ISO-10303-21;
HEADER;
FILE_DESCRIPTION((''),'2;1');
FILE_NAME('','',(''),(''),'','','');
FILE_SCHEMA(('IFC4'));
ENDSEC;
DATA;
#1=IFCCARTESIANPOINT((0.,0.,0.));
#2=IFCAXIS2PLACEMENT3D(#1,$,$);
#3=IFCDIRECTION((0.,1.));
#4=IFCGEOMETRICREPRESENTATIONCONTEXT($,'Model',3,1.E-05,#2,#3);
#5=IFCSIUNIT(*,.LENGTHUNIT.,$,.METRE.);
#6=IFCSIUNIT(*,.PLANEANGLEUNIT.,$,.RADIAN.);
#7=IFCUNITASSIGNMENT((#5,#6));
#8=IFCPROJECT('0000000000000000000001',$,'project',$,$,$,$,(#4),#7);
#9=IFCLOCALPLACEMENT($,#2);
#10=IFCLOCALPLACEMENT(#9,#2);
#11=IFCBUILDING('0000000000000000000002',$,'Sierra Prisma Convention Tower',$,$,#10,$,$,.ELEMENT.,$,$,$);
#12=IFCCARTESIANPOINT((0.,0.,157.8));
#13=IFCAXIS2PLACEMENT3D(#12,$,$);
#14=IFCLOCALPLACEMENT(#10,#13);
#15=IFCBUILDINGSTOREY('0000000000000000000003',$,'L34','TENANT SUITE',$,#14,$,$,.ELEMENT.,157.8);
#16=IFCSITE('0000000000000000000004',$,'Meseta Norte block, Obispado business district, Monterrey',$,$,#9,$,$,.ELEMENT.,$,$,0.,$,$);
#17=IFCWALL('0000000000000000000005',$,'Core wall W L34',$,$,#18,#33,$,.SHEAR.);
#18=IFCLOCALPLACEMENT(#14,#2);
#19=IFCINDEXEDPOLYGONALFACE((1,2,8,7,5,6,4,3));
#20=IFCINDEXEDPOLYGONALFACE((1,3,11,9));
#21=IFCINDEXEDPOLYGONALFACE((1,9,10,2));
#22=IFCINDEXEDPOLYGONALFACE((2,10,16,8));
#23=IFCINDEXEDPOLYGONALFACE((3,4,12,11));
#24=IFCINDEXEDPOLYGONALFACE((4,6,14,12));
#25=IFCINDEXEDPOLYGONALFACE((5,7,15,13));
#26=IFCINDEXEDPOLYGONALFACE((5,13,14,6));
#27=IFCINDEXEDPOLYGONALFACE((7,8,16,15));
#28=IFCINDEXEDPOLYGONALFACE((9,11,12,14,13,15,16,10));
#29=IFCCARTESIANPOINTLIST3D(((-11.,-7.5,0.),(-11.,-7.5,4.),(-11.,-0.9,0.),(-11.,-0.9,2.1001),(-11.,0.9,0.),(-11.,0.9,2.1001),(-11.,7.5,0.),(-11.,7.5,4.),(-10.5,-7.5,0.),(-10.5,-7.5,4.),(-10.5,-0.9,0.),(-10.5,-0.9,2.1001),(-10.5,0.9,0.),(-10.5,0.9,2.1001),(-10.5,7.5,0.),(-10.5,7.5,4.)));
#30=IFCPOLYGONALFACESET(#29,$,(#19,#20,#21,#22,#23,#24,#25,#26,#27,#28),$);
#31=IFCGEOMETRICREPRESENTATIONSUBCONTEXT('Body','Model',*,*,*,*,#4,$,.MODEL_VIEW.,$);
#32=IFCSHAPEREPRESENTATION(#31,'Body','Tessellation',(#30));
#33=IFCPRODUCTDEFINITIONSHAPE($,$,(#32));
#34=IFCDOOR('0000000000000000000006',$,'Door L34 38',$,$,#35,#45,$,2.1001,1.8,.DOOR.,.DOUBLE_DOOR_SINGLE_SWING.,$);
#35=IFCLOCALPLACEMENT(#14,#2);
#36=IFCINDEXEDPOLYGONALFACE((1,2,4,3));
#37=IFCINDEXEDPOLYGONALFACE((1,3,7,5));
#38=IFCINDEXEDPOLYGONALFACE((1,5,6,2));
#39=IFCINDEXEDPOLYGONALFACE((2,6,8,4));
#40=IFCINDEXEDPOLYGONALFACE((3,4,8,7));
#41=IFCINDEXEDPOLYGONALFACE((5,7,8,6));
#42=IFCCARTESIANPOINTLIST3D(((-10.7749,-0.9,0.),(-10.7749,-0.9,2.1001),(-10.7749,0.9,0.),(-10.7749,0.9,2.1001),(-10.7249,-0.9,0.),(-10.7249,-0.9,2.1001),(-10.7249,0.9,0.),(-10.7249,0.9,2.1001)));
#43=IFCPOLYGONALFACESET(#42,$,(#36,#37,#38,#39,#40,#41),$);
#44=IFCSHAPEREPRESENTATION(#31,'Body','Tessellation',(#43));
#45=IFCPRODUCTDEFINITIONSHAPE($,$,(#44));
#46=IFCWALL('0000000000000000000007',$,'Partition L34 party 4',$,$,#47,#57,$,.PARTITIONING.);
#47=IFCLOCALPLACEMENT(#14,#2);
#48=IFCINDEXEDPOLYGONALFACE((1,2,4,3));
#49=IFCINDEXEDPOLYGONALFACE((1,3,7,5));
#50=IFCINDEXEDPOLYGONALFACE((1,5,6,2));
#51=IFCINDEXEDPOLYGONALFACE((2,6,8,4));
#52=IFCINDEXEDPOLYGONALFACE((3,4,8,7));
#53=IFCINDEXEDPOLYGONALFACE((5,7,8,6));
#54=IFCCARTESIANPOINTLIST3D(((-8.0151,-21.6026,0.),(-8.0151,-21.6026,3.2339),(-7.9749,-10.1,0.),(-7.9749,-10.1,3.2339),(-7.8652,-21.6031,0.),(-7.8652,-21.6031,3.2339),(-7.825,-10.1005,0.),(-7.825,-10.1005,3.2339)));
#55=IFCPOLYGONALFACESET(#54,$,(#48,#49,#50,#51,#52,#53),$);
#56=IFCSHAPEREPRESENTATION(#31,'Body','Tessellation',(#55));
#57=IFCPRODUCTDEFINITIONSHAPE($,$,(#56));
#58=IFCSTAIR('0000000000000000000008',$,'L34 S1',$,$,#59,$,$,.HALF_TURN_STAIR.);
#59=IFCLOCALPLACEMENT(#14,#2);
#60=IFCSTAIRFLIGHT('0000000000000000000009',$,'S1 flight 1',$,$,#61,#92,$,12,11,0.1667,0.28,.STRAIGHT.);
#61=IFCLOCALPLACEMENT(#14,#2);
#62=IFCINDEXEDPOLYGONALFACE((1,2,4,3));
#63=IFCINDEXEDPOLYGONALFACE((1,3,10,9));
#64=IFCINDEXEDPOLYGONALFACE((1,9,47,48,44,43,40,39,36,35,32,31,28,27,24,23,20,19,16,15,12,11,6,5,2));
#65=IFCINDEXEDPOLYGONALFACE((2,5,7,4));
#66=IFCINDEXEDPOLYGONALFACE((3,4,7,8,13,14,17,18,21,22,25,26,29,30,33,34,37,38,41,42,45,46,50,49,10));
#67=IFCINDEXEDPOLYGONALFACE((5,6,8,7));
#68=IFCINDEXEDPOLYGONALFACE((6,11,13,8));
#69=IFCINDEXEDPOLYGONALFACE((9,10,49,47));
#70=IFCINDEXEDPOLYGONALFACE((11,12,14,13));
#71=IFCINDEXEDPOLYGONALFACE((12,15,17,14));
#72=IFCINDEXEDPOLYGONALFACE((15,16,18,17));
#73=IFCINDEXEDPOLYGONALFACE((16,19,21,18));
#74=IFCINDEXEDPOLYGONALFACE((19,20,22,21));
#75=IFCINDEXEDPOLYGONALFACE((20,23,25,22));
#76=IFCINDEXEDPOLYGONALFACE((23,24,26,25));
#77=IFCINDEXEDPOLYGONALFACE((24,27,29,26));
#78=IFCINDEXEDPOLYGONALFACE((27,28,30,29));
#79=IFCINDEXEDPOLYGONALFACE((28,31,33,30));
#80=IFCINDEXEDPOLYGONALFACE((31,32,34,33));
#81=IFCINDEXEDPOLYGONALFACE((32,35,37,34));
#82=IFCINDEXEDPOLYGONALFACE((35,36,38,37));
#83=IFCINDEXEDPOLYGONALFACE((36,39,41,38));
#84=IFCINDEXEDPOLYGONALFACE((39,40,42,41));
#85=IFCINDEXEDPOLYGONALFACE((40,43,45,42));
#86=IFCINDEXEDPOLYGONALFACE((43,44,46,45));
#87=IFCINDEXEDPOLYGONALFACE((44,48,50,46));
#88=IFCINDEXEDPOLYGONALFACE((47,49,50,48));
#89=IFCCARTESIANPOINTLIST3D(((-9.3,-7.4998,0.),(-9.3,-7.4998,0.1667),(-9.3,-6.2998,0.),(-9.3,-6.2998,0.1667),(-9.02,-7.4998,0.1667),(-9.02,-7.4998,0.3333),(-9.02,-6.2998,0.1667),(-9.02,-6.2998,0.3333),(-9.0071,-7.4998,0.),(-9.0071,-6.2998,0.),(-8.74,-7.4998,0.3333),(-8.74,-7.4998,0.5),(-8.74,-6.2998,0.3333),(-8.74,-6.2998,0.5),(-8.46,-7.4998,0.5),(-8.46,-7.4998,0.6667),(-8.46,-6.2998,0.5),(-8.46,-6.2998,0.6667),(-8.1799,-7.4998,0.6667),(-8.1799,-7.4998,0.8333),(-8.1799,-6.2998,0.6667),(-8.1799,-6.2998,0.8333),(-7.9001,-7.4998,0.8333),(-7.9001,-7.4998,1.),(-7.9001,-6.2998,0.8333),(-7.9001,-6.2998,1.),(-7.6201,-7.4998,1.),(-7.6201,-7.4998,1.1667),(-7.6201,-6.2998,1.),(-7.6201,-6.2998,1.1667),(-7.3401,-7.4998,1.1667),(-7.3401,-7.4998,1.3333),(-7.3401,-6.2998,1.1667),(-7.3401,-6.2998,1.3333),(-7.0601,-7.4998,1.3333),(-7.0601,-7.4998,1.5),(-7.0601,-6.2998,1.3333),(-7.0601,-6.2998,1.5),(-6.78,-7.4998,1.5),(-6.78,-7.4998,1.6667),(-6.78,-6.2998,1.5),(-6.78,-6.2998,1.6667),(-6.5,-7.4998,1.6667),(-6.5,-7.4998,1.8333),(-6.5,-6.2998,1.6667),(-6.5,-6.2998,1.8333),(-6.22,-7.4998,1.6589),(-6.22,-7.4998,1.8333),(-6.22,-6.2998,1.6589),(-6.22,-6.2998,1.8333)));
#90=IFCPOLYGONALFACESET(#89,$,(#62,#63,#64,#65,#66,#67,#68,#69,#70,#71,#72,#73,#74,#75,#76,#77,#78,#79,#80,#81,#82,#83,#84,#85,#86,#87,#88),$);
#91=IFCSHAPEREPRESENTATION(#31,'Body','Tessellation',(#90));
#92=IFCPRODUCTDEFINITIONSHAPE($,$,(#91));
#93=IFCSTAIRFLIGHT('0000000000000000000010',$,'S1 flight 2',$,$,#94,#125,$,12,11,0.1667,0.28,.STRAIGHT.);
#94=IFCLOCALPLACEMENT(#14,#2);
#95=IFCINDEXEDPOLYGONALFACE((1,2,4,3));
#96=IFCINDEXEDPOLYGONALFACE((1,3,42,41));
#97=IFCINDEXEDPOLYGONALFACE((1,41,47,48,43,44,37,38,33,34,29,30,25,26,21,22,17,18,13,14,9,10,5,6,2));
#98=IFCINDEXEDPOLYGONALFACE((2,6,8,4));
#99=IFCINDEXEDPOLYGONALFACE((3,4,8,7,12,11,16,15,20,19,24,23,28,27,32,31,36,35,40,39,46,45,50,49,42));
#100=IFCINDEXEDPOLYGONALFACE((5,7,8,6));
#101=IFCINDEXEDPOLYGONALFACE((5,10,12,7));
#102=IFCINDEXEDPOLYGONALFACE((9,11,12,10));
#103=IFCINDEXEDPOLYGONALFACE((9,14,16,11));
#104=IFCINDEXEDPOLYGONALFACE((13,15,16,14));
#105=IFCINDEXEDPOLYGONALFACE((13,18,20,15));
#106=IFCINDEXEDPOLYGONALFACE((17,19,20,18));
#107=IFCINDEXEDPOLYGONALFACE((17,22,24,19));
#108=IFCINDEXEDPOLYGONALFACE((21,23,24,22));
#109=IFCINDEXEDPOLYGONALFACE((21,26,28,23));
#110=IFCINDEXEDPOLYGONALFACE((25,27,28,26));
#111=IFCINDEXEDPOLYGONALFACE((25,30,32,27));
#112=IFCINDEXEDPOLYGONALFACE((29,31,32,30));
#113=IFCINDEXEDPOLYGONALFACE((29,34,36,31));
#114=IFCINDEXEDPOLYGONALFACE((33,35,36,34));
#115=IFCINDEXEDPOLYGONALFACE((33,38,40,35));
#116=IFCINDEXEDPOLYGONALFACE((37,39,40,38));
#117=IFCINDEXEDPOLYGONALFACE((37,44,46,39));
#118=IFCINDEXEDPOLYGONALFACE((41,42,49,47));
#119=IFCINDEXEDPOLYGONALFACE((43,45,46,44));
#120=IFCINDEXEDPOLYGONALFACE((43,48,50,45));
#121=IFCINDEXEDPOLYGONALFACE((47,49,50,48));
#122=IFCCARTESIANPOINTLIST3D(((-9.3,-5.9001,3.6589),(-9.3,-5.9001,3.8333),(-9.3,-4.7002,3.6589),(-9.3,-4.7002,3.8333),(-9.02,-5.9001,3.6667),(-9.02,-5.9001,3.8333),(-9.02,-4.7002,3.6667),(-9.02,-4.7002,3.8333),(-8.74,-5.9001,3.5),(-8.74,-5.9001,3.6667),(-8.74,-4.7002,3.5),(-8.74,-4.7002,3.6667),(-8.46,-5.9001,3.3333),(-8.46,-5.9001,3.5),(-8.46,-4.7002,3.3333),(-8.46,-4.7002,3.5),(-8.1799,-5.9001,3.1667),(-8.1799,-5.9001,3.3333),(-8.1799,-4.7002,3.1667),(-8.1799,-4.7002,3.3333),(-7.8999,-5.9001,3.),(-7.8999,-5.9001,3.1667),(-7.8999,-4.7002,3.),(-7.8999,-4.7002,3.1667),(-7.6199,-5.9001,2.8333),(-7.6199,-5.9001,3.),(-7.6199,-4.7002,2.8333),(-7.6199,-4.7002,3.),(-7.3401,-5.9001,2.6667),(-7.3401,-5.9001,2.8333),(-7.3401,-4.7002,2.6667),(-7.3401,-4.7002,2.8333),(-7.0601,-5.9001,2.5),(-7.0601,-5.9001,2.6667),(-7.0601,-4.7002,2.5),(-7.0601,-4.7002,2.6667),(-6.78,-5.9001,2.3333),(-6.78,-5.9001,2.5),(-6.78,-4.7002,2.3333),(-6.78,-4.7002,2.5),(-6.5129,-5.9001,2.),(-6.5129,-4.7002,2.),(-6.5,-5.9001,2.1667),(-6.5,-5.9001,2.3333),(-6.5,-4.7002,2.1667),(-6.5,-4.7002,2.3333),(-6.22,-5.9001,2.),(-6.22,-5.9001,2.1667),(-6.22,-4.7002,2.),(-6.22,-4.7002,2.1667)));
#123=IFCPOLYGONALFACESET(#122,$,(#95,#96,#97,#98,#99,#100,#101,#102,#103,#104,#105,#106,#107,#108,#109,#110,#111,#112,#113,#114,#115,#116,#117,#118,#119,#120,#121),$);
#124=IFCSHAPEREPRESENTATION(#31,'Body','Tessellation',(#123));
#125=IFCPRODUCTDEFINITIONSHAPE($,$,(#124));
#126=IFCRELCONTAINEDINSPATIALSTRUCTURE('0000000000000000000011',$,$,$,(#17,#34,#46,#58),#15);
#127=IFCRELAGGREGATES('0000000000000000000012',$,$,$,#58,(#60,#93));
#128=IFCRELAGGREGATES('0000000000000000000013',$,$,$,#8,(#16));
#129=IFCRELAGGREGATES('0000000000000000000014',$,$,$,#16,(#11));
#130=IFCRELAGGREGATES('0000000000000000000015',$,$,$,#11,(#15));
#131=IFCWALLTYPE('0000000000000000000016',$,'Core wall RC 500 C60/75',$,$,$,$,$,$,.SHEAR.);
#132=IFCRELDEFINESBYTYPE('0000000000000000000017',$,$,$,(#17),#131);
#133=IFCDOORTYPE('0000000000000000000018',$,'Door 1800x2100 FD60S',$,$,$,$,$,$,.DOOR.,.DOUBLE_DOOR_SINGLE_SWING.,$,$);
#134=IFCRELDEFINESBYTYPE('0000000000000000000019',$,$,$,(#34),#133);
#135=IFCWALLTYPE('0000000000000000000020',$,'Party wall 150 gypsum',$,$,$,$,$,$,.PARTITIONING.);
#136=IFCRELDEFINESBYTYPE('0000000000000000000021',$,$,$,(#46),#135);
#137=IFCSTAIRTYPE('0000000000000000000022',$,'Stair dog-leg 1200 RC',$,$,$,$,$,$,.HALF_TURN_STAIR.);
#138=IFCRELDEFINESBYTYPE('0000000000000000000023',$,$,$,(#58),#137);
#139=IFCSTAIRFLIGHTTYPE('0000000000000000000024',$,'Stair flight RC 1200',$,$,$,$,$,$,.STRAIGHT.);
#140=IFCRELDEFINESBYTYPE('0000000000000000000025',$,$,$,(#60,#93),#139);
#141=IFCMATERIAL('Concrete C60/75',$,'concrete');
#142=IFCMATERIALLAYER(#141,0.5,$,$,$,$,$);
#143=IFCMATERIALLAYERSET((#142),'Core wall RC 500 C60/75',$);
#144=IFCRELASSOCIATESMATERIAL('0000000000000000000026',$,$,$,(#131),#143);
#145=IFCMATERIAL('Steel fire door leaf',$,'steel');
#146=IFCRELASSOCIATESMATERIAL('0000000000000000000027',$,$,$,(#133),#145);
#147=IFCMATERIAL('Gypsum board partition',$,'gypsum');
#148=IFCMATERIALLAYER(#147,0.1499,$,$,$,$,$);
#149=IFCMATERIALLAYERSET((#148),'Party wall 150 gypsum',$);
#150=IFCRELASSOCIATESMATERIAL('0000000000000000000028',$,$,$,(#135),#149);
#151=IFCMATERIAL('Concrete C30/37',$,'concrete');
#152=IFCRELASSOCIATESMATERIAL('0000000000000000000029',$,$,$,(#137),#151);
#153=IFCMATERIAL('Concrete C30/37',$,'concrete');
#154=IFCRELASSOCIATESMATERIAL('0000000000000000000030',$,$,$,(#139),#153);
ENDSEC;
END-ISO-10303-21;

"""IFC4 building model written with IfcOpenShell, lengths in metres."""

from ifc_helpers import new_model, si_unit, direction, frame, frame_2d, origin, place, context, subcontext, project, spatial, polyline, rectangle, outline, extrude, material, layer, layer_set, type_object, element, fill, aggregate, save


model = new_model("IFC4")

# Units and contexts
model_context = context("Model", 3, precision=1e-05, world=origin(), true_north=direction((0.0, 1.0)))
body_context = subcontext(model_context, "Body", "Model", "MODEL_VIEW")
ifc_project = project(units=[si_unit("LENGTHUNIT", "METRE"), si_unit("PLANEANGLEUNIT", "RADIAN")], contexts=[model_context])

# Site, building, storey
site_placement = place(None, origin())
site = spatial("IfcSite", under=ifc_project, at=site_placement, Name="Meseta Norte block, Obispado business district, Monterrey", CompositionType="ELEMENT", RefElevation=0.0)
building_placement = place(site_placement, origin())
building = spatial("IfcBuilding", under=site, at=building_placement, Name="Sierra Prisma Convention Tower", CompositionType="ELEMENT")
storey_placement = place(building_placement, frame((0.0, 0.0, 157.8)))
storey = spatial("IfcBuildingStorey", under=building, at=storey_placement, Name="L34", Description="TENANT SUITE", CompositionType="ELEMENT", Elevation=157.8)

# Wall, opening, door
ifc_material_1 = material(Name="Concrete C60/75", Category="concrete")
ifc_layer_1 = layer(ifc_material_1, 0.5)
ifc_layer_set_1 = layer_set([ifc_layer_1], Name="Core wall RC 500 C60/75")
wall_type_1 = type_object("IfcWallType", Name="Core wall RC 500 C60/75", PredefinedType="SHEAR", material=ifc_layer_set_1)
wall_1_placement = place(storey_placement, frame((-10.75, -7.5, 0.0), z_axis=(0.0, 0.0, 1.0), x_axis=(0.0, 1.0, 0.0)))
wall_1 = element("IfcWall", 1, at=wall_1_placement, inside=storey, type_object=wall_type_1, Name="Core wall W L34", PredefinedType="SHEAR", context=body_context, shape_type="SweptSolid", body=[
    extrude(rectangle(XDim=15.0, YDim=0.5, at=frame_2d((7.5, 0.0))), origin(), (0.0, 0.0, 1.0), 4.0),
])
opening_1_placement = place(wall_1_placement, frame((6.6001, 0.0, 0.0)))
opening_1 = element("IfcOpeningElement", 2, at=opening_1_placement, cuts=wall_1, PredefinedType="OPENING", context=body_context, shape_type="SweptSolid", body=[
    extrude(rectangle(XDim=1.8, YDim=2.1001, at=frame_2d((0.8999, 1.05))), frame((0.0, 0.25, 0.0), z_axis=(0.0, -1.0, 0.0), x_axis=(1.0, 0.0, 0.0)), (0.0, 0.0, 1.0), 0.5),
])
ifc_material_2 = material(Name="Steel fire door leaf", Category="steel")
door_type_1 = type_object("IfcDoorType", Name="Door 1800x2100 FD60S", OperationType="DOUBLE_DOOR_SINGLE_SWING", PredefinedType="DOOR", material=ifc_material_2)
door_1_placement = place(opening_1_placement, origin())
door_1 = element("IfcDoor", 3, at=door_1_placement, inside=storey, type_object=door_type_1, Name="Door L34 38", OperationType="DOUBLE_DOOR_SINGLE_SWING", OverallHeight=2.1001, OverallWidth=1.8, PredefinedType="DOOR", context=body_context, shape_type="SweptSolid", body=[
    extrude(rectangle(XDim=1.8, YDim=2.1001, at=frame_2d((0.8999, 1.05))), frame((0.0, 0.0249, 0.0), z_axis=(0.0, -1.0, 0.0), x_axis=(1.0, 0.0, 0.0)), (0.0, 0.0, 1.0), 0.05),
])
fill(opening_1, door_1)

# Wall
ifc_material_3 = material(Name="Gypsum board partition", Category="gypsum")
ifc_layer_2 = layer(ifc_material_3, 0.1499)
ifc_layer_set_2 = layer_set([ifc_layer_2], Name="Party wall 150 gypsum")
wall_type_2 = type_object("IfcWallType", Name="Party wall 150 gypsum", PredefinedType="PARTITIONING", material=ifc_layer_set_2)
wall_2_placement = place(storey_placement, frame((-7.8999, -10.1001, 0.0), z_axis=(0.0, 0.0, 1.0), x_axis=(-0.003502, -0.999994, 0.0)))
element("IfcWall", 4, at=wall_2_placement, inside=storey, type_object=wall_type_2, Name="Partition L34 party 4", PredefinedType="PARTITIONING", context=body_context, shape_type="SweptSolid", body=[
    extrude(rectangle(XDim=11.5027, YDim=0.1499, at=frame_2d((5.7515, 0.0))), origin(), (0.0, 0.0, 1.0), 3.2339),
])

# Stair, stair flights
ifc_material_4 = material(Name="Concrete C30/37", Category="concrete")
stair_type = type_object("IfcStairType", Name="Stair dog-leg 1200 RC", PredefinedType="HALF_TURN_STAIR", material=ifc_material_4)
stair_placement = place(storey_placement, origin())
stair = element("IfcStair", 5, at=stair_placement, inside=storey, type_object=stair_type, Name="L34 S1", PredefinedType="HALF_TURN_STAIR")
ifc_material_5 = material(Name="Concrete C30/37", Category="concrete")
stair_flight_type = type_object("IfcStairFlightType", Name="Stair flight RC 1200", PredefinedType="STRAIGHT", material=ifc_material_5)
stair_flight_1_placement = place(storey_placement, frame((-9.3, -6.8999, 0.0), z_axis=(0.0, 0.0, 1.0), x_axis=(1.0, 0.0, 0.0)))
stair_flight_1 = element("IfcStairFlight", 6, at=stair_flight_1_placement, type_object=stair_flight_type, Name="S1 flight 1", NumberOfRisers=12, NumberOfTreads=11, PredefinedType="STRAIGHT", RiserHeight=0.1667, TreadLength=0.28, context=body_context, shape_type="SweptSolid", body=[
    extrude(outline(polyline([(0.0, 0.0), (0.0, 0.1667), (0.28, 0.1667), (0.28, 0.3333), (0.5601, 0.3333), (0.5601, 0.5), (0.8401, 0.5), (0.8401, 0.6667), (1.1201, 0.6667), (1.1201, 0.8333), (1.3999, 0.8333), (1.3999, 1.0), (1.6799, 1.0), (1.6799, 1.1667), (1.96, 1.1667), (1.96, 1.3333), (2.24, 1.3333), (2.24, 1.5), (2.52, 1.5), (2.52, 1.6667), (2.8, 1.6667), (2.8, 1.8333), (3.0801, 1.8333), (3.0801, 2.0), (3.0801, 1.6589), (0.293, 0.0), (0.0, 0.0)])), frame((0.0, 0.6001, 0.0), z_axis=(0.0, -1.0, 0.0), x_axis=(1.0, 0.0, 0.0)), (0.0, 0.0, 1.0), 1.2),
])
stair_flight_2_placement = place(storey_placement, frame((-6.22, -5.3, 2.0), z_axis=(0.0, 0.0, 1.0), x_axis=(-1.0, 0.0, 0.0)))
stair_flight_2 = element("IfcStairFlight", 7, at=stair_flight_2_placement, type_object=stair_flight_type, Name="S1 flight 2", NumberOfRisers=12, NumberOfTreads=11, PredefinedType="STRAIGHT", RiserHeight=0.1667, TreadLength=0.28, context=body_context, shape_type="SweptSolid", body=[
    extrude(outline(polyline([(0.0, 0.0), (0.0, 0.1667), (0.28, 0.1667), (0.28, 0.3333), (0.5601, 0.3333), (0.5601, 0.5), (0.8401, 0.5), (0.8401, 0.6667), (1.1201, 0.6667), (1.1201, 0.8333), (1.3999, 0.8333), (1.3999, 1.0), (1.6799, 1.0), (1.6799, 1.1667), (1.96, 1.1667), (1.96, 1.3333), (2.24, 1.3333), (2.24, 1.5), (2.52, 1.5), (2.52, 1.6667), (2.8, 1.6667), (2.8, 1.8333), (3.0801, 1.8333), (3.0801, 2.0), (3.0801, 1.6589), (0.293, 0.0), (0.0, 0.0)])), frame((0.0, 0.6001, 0.0), z_axis=(0.0, -1.0, 0.0), x_axis=(1.0, 0.0, 0.0)), (0.0, 0.0, 1.0), 1.2),
])
aggregate(stair, [stair_flight_1, stair_flight_2])

save(model, "model.ifc")
